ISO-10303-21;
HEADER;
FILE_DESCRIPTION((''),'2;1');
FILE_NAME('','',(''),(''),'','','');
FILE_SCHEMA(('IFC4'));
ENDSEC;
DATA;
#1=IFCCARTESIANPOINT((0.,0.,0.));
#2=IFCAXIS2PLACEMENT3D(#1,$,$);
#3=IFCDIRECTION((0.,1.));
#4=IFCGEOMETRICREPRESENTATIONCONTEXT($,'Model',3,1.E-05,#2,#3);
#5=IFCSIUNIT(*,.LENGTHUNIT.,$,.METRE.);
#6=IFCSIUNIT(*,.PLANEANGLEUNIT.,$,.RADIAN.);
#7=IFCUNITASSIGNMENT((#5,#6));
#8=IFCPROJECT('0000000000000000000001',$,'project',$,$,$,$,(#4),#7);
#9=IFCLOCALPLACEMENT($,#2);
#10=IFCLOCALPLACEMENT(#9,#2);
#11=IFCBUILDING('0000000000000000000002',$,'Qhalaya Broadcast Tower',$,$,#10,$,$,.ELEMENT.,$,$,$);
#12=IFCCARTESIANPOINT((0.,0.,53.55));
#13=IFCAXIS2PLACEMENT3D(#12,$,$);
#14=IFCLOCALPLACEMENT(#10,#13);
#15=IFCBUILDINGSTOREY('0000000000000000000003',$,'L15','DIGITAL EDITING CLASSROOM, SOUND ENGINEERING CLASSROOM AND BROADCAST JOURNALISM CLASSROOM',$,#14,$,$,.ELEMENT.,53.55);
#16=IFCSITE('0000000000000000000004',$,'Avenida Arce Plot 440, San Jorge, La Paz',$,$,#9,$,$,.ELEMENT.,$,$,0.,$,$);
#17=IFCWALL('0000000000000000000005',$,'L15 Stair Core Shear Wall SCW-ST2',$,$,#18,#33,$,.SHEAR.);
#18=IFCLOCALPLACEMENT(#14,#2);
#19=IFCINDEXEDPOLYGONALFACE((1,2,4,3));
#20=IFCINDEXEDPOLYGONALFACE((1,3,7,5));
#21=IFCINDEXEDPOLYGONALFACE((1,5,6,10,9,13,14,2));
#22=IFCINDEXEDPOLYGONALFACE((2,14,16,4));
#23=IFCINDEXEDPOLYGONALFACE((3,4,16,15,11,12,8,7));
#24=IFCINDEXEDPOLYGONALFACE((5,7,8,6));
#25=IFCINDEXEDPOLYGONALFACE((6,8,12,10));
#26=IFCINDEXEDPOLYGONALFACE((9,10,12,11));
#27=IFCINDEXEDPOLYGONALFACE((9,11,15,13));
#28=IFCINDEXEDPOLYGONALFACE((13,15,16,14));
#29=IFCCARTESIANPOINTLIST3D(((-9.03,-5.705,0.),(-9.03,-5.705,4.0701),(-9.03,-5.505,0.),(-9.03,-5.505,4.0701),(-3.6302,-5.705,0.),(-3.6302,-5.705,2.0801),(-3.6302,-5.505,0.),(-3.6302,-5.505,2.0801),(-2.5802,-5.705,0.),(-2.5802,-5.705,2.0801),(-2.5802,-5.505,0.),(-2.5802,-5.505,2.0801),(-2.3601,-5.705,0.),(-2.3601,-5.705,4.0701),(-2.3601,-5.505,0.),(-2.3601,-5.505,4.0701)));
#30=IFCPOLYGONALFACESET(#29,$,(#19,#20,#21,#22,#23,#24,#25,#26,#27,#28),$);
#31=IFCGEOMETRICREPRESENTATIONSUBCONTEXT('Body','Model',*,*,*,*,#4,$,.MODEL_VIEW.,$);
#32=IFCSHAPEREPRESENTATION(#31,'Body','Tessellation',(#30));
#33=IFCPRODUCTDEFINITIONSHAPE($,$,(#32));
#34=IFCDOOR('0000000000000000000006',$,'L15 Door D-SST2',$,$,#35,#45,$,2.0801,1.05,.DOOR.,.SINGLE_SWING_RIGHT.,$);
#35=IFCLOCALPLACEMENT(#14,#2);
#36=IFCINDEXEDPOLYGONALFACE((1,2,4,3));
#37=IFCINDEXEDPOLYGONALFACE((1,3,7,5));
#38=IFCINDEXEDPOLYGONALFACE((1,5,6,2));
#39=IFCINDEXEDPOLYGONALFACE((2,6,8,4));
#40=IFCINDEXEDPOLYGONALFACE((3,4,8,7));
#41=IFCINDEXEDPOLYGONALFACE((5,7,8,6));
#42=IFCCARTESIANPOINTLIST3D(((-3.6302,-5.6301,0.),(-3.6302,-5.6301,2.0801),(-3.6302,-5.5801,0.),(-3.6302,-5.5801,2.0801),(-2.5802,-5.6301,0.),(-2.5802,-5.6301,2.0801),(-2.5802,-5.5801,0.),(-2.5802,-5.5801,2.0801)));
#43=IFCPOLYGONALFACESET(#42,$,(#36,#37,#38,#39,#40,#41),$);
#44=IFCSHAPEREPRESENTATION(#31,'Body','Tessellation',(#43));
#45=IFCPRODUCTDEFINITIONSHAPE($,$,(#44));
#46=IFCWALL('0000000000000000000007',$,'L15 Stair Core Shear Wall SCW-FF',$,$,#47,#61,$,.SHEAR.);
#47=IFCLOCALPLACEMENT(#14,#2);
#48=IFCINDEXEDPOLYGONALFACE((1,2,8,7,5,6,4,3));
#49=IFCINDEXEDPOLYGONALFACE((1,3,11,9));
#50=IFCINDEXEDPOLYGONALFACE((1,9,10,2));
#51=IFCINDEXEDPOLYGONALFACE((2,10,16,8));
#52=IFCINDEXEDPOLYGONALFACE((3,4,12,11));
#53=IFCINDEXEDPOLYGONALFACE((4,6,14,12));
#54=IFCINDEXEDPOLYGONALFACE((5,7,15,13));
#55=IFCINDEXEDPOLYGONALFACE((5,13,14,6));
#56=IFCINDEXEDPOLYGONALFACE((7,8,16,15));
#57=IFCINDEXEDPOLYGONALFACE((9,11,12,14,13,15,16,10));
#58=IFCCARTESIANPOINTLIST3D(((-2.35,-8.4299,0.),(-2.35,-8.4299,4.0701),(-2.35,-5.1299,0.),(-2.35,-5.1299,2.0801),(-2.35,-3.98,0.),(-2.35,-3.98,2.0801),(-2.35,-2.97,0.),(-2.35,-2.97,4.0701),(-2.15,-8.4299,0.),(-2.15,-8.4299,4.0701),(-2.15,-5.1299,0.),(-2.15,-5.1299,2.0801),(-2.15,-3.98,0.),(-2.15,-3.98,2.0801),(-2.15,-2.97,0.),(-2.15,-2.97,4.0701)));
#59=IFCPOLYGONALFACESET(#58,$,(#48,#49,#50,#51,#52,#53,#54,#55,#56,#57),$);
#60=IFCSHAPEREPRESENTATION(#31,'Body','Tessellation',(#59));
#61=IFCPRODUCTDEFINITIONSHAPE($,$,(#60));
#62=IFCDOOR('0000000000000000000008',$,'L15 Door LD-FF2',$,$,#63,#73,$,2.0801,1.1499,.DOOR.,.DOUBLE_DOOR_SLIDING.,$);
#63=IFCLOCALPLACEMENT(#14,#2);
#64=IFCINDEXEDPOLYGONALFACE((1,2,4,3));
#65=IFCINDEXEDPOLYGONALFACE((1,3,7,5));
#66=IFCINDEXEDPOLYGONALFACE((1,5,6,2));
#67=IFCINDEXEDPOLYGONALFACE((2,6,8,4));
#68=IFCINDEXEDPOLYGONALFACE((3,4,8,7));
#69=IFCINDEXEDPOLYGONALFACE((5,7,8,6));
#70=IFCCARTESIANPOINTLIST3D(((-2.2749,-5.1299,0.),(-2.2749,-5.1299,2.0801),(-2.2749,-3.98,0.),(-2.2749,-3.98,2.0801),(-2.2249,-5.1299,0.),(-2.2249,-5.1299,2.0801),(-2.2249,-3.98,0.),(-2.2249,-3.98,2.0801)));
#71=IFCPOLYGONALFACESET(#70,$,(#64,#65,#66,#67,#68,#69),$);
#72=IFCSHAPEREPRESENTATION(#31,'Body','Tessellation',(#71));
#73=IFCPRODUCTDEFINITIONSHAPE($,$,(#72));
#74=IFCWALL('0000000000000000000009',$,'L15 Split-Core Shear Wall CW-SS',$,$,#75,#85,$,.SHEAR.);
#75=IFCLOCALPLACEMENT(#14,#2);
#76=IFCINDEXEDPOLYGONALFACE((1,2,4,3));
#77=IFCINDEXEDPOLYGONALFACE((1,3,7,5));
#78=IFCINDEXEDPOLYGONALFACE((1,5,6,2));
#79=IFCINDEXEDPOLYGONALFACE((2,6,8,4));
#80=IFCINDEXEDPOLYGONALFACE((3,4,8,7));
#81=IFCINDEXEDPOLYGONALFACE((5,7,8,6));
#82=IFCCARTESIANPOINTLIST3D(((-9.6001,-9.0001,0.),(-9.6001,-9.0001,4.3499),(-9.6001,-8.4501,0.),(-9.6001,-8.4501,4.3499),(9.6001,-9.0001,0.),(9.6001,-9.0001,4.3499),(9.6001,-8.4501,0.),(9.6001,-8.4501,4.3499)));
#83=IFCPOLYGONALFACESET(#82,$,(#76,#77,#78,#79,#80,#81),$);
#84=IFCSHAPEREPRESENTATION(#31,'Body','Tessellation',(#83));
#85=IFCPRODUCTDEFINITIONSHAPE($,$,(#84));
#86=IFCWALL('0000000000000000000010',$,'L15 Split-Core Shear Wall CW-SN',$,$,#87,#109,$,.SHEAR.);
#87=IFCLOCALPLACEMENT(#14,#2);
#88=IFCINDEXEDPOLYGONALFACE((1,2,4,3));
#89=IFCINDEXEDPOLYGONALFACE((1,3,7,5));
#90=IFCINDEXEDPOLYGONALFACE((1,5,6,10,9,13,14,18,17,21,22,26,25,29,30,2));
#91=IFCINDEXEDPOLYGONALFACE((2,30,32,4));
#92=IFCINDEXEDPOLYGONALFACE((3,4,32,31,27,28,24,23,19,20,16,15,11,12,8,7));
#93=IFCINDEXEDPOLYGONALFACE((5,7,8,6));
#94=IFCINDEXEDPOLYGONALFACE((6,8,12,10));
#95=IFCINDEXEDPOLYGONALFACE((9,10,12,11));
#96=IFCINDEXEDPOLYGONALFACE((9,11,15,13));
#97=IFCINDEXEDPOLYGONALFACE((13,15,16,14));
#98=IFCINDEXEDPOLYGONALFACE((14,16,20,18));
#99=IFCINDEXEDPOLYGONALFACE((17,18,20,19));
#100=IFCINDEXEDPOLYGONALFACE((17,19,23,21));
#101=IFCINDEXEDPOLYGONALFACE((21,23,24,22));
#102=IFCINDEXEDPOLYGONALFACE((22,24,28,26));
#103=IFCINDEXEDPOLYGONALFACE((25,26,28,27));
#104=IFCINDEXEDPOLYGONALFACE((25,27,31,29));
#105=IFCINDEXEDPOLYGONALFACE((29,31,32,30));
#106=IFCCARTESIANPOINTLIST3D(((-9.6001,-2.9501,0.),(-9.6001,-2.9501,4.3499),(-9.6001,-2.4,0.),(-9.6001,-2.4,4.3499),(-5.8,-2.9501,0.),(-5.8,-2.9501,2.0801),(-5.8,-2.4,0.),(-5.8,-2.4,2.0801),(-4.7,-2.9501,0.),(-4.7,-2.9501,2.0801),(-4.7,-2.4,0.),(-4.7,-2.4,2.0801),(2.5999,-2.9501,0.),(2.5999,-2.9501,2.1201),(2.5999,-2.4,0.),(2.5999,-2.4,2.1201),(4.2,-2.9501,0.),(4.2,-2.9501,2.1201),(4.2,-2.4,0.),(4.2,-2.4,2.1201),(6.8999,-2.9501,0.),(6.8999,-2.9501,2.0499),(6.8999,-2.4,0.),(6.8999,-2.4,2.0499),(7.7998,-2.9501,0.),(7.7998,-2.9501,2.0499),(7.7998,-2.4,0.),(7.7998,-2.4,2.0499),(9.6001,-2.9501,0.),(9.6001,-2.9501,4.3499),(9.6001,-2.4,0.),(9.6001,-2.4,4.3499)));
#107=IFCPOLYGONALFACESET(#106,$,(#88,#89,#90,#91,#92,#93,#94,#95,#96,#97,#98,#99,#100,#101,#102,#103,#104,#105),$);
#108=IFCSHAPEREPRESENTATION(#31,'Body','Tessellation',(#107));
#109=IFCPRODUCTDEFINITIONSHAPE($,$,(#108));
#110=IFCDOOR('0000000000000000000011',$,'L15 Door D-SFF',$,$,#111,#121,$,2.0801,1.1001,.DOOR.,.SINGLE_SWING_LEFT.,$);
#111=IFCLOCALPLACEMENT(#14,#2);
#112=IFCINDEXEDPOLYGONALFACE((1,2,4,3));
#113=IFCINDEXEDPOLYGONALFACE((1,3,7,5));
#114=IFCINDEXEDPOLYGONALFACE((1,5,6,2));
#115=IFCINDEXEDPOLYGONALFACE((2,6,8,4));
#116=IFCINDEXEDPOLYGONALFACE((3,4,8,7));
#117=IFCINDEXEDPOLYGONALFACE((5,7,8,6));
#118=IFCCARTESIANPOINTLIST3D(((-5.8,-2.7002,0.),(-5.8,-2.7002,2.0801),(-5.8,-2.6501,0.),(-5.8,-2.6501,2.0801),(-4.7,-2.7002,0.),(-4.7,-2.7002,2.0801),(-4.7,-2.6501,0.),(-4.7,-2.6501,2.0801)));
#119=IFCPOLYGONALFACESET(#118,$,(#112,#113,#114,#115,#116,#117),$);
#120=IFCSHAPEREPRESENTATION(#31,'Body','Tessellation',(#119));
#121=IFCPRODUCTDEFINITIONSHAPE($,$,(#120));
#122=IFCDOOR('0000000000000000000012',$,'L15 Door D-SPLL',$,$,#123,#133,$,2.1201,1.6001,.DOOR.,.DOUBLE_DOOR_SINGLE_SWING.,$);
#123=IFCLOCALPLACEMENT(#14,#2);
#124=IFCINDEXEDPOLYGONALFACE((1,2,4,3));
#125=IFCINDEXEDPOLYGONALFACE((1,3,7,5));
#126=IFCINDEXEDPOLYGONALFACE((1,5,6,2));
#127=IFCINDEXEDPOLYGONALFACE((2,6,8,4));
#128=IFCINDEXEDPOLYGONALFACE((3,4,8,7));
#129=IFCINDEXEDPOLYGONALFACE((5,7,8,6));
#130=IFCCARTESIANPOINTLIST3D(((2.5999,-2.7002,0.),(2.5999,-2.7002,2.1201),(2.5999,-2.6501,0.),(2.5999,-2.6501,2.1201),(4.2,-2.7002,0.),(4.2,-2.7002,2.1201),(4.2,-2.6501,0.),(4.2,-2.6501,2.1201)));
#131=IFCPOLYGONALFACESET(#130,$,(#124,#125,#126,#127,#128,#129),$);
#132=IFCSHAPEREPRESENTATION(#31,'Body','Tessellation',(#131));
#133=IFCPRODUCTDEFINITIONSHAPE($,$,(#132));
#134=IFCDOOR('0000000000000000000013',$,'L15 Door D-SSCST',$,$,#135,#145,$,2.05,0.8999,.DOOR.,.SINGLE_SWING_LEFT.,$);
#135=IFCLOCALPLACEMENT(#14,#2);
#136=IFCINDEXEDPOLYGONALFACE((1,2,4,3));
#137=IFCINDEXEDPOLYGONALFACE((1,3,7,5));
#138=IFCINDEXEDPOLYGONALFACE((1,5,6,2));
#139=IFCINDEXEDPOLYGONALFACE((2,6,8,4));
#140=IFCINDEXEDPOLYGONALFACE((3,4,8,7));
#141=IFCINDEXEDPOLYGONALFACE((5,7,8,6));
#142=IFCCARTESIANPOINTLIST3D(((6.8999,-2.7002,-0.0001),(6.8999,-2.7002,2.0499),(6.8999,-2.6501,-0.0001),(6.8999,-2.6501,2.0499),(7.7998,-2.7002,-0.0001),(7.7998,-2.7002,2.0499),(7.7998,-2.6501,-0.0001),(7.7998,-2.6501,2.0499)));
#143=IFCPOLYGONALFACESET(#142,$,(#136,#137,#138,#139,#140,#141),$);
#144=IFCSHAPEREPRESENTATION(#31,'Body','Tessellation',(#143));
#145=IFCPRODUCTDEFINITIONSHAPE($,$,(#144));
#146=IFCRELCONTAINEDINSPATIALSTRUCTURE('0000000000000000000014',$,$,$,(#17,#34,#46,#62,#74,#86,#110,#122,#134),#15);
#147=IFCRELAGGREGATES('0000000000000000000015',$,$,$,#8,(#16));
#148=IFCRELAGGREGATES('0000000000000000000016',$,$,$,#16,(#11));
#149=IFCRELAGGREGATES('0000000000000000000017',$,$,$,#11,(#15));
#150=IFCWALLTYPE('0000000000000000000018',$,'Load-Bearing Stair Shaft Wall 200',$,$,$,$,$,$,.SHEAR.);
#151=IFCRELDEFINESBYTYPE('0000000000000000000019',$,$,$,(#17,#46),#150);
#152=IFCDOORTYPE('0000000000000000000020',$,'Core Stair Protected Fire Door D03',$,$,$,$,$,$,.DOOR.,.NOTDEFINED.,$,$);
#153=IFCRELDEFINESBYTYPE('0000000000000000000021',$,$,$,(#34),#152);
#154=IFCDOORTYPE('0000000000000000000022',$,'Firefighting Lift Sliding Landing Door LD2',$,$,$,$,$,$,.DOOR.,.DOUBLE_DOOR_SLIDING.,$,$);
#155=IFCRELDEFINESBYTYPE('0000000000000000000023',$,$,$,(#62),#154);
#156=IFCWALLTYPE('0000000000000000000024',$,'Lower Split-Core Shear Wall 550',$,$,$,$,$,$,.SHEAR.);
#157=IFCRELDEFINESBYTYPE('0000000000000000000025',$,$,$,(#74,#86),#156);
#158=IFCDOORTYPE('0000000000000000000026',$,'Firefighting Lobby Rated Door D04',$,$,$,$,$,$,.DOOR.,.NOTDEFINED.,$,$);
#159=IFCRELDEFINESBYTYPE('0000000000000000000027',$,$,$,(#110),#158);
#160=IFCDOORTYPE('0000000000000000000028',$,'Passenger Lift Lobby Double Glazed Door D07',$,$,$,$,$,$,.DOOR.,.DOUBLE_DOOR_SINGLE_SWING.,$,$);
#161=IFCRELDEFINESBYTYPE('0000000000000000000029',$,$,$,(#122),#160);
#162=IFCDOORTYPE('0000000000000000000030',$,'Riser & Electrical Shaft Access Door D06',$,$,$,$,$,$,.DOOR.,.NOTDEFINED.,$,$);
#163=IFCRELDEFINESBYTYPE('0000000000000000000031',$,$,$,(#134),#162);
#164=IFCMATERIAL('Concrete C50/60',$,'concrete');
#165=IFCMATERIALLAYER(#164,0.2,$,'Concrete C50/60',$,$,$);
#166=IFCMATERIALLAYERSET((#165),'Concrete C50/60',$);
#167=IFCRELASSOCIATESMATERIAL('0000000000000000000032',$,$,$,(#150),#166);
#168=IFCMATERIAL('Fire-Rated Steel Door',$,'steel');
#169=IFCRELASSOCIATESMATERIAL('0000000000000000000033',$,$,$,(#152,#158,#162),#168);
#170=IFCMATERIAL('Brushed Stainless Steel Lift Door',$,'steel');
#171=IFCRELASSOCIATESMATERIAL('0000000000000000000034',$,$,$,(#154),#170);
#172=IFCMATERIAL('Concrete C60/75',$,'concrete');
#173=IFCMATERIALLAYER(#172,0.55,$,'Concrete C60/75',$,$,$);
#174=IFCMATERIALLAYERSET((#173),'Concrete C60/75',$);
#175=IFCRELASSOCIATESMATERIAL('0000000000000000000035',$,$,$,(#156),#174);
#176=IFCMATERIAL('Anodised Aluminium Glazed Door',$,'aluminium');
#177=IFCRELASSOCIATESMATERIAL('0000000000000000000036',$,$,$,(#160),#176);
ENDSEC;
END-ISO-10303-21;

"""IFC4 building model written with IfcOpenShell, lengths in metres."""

from ifc_helpers import new_model, si_unit, direction, frame, frame_2d, origin, place, context, subcontext, project, spatial, rectangle, extrude, material, layer, layer_set, type_object, element, fill, save


model = new_model("IFC4")

# Units and contexts
model_context = context("Model", 3, precision=1e-05, world=origin(), true_north=direction((0.0, 1.0)))
body_context = subcontext(model_context, "Body", "Model", "MODEL_VIEW")
ifc_project = project(units=[si_unit("LENGTHUNIT", "METRE"), si_unit("PLANEANGLEUNIT", "RADIAN")], contexts=[model_context])

# Site, building, storey
site_placement = place(None, origin())
site = spatial("IfcSite", under=ifc_project, at=site_placement, Name="Avenida Arce Plot 440, San Jorge, La Paz", CompositionType="ELEMENT", RefElevation=0.0)
building_placement = place(site_placement, origin())
building = spatial("IfcBuilding", under=site, at=building_placement, Name="Qhalaya Broadcast Tower", CompositionType="ELEMENT")
storey_placement = place(building_placement, frame((0.0, 0.0, 53.55)))
storey = spatial("IfcBuildingStorey", under=building, at=storey_placement, Name="L15", Description="DIGITAL EDITING CLASSROOM, SOUND ENGINEERING CLASSROOM AND BROADCAST JOURNALISM CLASSROOM", CompositionType="ELEMENT", Elevation=53.55)

# Shared definitions
ifc_material_1 = material(Name="Concrete C50/60", Category="concrete")

# Walls, openings, doors
ifc_layer_1 = layer(ifc_material_1, 0.2, Name="Concrete C50/60")
ifc_layer_set_1 = layer_set([ifc_layer_1], Name="Concrete C50/60")
wall_type_1 = type_object("IfcWallType", Name="Load-Bearing Stair Shaft Wall 200", PredefinedType="SHEAR", material=ifc_layer_set_1)
wall_1_placement = place(storey_placement, frame((-9.03, -5.605, 0.0), z_axis=(0.0, 0.0, 1.0), x_axis=(1.0, 0.0, 0.0)))
wall_1 = element("IfcWall", 1, at=wall_1_placement, inside=storey, type_object=wall_type_1, Name="L15 Stair Core Shear Wall SCW-ST2", PredefinedType="SHEAR", context=body_context, shape_type="SweptSolid", body=[
    extrude(rectangle(XDim=6.6699, YDim=0.2, at=frame_2d((3.335, 0.0))), origin(), (0.0, 0.0, 1.0), 4.0701),
])
opening_1_placement = place(wall_1_placement, frame((5.3999, 0.0, 0.0)))
opening_1 = element("IfcOpeningElement", 2, at=opening_1_placement, cuts=wall_1, PredefinedType="OPENING", context=body_context, shape_type="SweptSolid", body=[
    extrude(rectangle(XDim=1.05, YDim=2.0801, at=frame_2d((0.5249, 1.04))), frame((0.0, 0.1121, 0.0), z_axis=(0.0, -1.0, 0.0), x_axis=(1.0, 0.0, 0.0)), (0.0, 0.0, 1.0), 0.2239),
])
ifc_material_2 = material(Name="Fire-Rated Steel Door", Category="steel")
door_type_1 = type_object("IfcDoorType", Name="Core Stair Protected Fire Door D03", OperationType="NOTDEFINED", PredefinedType="DOOR", material=ifc_material_2)
door_1_placement = place(opening_1_placement, origin())
door_1 = element("IfcDoor", 3, at=door_1_placement, inside=storey, type_object=door_type_1, Name="L15 Door D-SST2", OperationType="SINGLE_SWING_RIGHT", OverallHeight=2.0801, OverallWidth=1.05, PredefinedType="DOOR", context=body_context, shape_type="SweptSolid", body=[
    extrude(rectangle(XDim=1.05, YDim=2.0801, at=frame_2d((0.5249, 1.04))), frame((0.0, 0.0249, 0.0), z_axis=(0.0, -1.0, 0.0), x_axis=(1.0, 0.0, 0.0)), (0.0, 0.0, 1.0), 0.05),
])
fill(opening_1, door_1)
wall_2_placement = place(storey_placement, frame((-2.25, -8.4299, 0.0), z_axis=(0.0, 0.0, 1.0), x_axis=(0.0, 1.0, 0.0)))
wall_2 = element("IfcWall", 4, at=wall_2_placement, inside=storey, type_object=wall_type_1, Name="L15 Stair Core Shear Wall SCW-FF", PredefinedType="SHEAR", context=body_context, shape_type="SweptSolid", body=[
    extrude(rectangle(XDim=5.46, YDim=0.2, at=frame_2d((2.73, 0.0))), origin(), (0.0, 0.0, 1.0), 4.0701),
])
opening_2_placement = place(wall_2_placement, frame((3.3, 0.0, 0.0)))
opening_2 = element("IfcOpeningElement", 5, at=opening_2_placement, cuts=wall_2, PredefinedType="OPENING", context=body_context, shape_type="SweptSolid", body=[
    extrude(rectangle(XDim=1.1499, YDim=2.0801, at=frame_2d((0.575, 1.04))), frame((0.0, 0.1121, 0.0), z_axis=(0.0, -1.0, 0.0), x_axis=(1.0, 0.0, 0.0)), (0.0, 0.0, 1.0), 0.2239),
])
ifc_material_3 = material(Name="Brushed Stainless Steel Lift Door", Category="steel")
door_type_2 = type_object("IfcDoorType", Name="Firefighting Lift Sliding Landing Door LD2", OperationType="DOUBLE_DOOR_SLIDING", PredefinedType="DOOR", material=ifc_material_3)
door_2_placement = place(opening_2_placement, origin())
door_2 = element("IfcDoor", 6, at=door_2_placement, inside=storey, type_object=door_type_2, Name="L15 Door LD-FF2", OperationType="DOUBLE_DOOR_SLIDING", OverallHeight=2.0801, OverallWidth=1.1499, PredefinedType="DOOR", context=body_context, shape_type="SweptSolid", body=[
    extrude(rectangle(XDim=1.1499, YDim=2.0801, at=frame_2d((0.575, 1.04))), frame((0.0, 0.0249, 0.0), z_axis=(0.0, -1.0, 0.0), x_axis=(1.0, 0.0, 0.0)), (0.0, 0.0, 1.0), 0.05),
])
fill(opening_2, door_2)

# Wall
ifc_material_4 = material(Name="Concrete C60/75", Category="concrete")
ifc_layer_2 = layer(ifc_material_4, 0.55, Name="Concrete C60/75")
ifc_layer_set_2 = layer_set([ifc_layer_2], Name="Concrete C60/75")
wall_type_2 = type_object("IfcWallType", Name="Lower Split-Core Shear Wall 550", PredefinedType="SHEAR", material=ifc_layer_set_2)
wall_3_placement = place(storey_placement, frame((-9.6001, -8.7251, 0.0), z_axis=(0.0, 0.0, 1.0), x_axis=(1.0, 0.0, 0.0)))
element("IfcWall", 7, at=wall_3_placement, inside=storey, type_object=wall_type_2, Name="L15 Split-Core Shear Wall CW-SS", PredefinedType="SHEAR", context=body_context, shape_type="SweptSolid", body=[
    extrude(rectangle(XDim=19.2002, YDim=0.55, at=frame_2d((9.6001, 0.0))), origin(), (0.0, 0.0, 1.0), 4.3499),
])

# Wall, openings, doors
wall_4_placement = place(storey_placement, frame((-9.6001, -2.675, 0.0), z_axis=(0.0, 0.0, 1.0), x_axis=(1.0, 0.0, 0.0)))
wall_4 = element("IfcWall", 8, at=wall_4_placement, inside=storey, type_object=wall_type_2, Name="L15 Split-Core Shear Wall CW-SN", PredefinedType="SHEAR", context=body_context, shape_type="SweptSolid", body=[
    extrude(rectangle(XDim=19.2002, YDim=0.55, at=frame_2d((9.6001, 0.0))), origin(), (0.0, 0.0, 1.0), 4.3499),
])
opening_3_placement = place(wall_4_placement, frame((3.8, 0.0, 0.0)))
opening_3 = element("IfcOpeningElement", 9, at=opening_3_placement, cuts=wall_4, PredefinedType="OPENING", context=body_context, shape_type="SweptSolid", body=[
    extrude(rectangle(XDim=1.1001, YDim=2.0801, at=frame_2d((0.55, 1.04))), frame((0.0, 0.2871, 0.0), z_axis=(0.0, -1.0, 0.0), x_axis=(1.0, 0.0, 0.0)), (0.0, 0.0, 1.0), 0.574),
])
opening_4_placement = place(wall_4_placement, frame((12.2, 0.0, 0.0)))
opening_4 = element("IfcOpeningElement", 10, at=opening_4_placement, cuts=wall_4, PredefinedType="OPENING", context=body_context, shape_type="SweptSolid", body=[
    extrude(rectangle(XDim=1.6001, YDim=2.1201, at=frame_2d((0.8, 1.0601))), frame((0.0, 0.2871, 0.0), z_axis=(0.0, -1.0, 0.0), x_axis=(1.0, 0.0, 0.0)), (0.0, 0.0, 1.0), 0.574),
])
opening_5_placement = place(wall_4_placement, frame((16.5, 0.0, 0.0)))
opening_5 = element("IfcOpeningElement", 11, at=opening_5_placement, cuts=wall_4, PredefinedType="OPENING", context=body_context, shape_type="SweptSolid", body=[
    extrude(rectangle(XDim=0.8999, YDim=2.05, at=frame_2d((0.45, 1.0249))), frame((0.0, 0.2871, 0.0), z_axis=(0.0, -1.0, 0.0), x_axis=(1.0, 0.0, 0.0)), (0.0, 0.0, 1.0), 0.574),
])
door_type_3 = type_object("IfcDoorType", Name="Firefighting Lobby Rated Door D04", OperationType="NOTDEFINED", PredefinedType="DOOR", material=ifc_material_2)
door_3_placement = place(opening_3_placement, origin())
door_3 = element("IfcDoor", 12, at=door_3_placement, inside=storey, type_object=door_type_3, Name="L15 Door D-SFF", OperationType="SINGLE_SWING_LEFT", OverallHeight=2.0801, OverallWidth=1.1001, PredefinedType="DOOR", context=body_context, shape_type="SweptSolid", body=[
    extrude(rectangle(XDim=1.1001, YDim=2.0801, at=frame_2d((0.55, 1.04))), frame((0.0, 0.0249, 0.0), z_axis=(0.0, -1.0, 0.0), x_axis=(1.0, 0.0, 0.0)), (0.0, 0.0, 1.0), 0.05),
])
fill(opening_3, door_3)
ifc_material_5 = material(Name="Anodised Aluminium Glazed Door", Category="aluminium")
door_type_4 = type_object("IfcDoorType", Name="Passenger Lift Lobby Double Glazed Door D07", OperationType="DOUBLE_DOOR_SINGLE_SWING", PredefinedType="DOOR", material=ifc_material_5)
door_4_placement = place(opening_4_placement, origin())
door_4 = element("IfcDoor", 13, at=door_4_placement, inside=storey, type_object=door_type_4, Name="L15 Door D-SPLL", OperationType="DOUBLE_DOOR_SINGLE_SWING", OverallHeight=2.1201, OverallWidth=1.6001, PredefinedType="DOOR", context=body_context, shape_type="SweptSolid", body=[
    extrude(rectangle(XDim=1.6001, YDim=2.1201, at=frame_2d((0.8, 1.0601))), frame((0.0, 0.0249, 0.0), z_axis=(0.0, -1.0, 0.0), x_axis=(1.0, 0.0, 0.0)), (0.0, 0.0, 1.0), 0.05),
])
fill(opening_4, door_4)
door_type_5 = type_object("IfcDoorType", Name="Riser & Electrical Shaft Access Door D06", OperationType="NOTDEFINED", PredefinedType="DOOR", material=ifc_material_2)
door_5_placement = place(opening_5_placement, origin())
door_5 = element("IfcDoor", 14, at=door_5_placement, inside=storey, type_object=door_type_5, Name="L15 Door D-SSCST", OperationType="SINGLE_SWING_LEFT", OverallHeight=2.05, OverallWidth=0.8999, PredefinedType="DOOR", context=body_context, shape_type="SweptSolid", body=[
    extrude(rectangle(XDim=0.8999, YDim=2.05, at=frame_2d((0.45, 1.0249))), frame((0.0, 0.0249, 0.0), z_axis=(0.0, -1.0, 0.0), x_axis=(1.0, 0.0, 0.0)), (0.0, 0.0, 1.0), 0.05),
])
fill(opening_5, door_5)

save(model, "model.ifc")
